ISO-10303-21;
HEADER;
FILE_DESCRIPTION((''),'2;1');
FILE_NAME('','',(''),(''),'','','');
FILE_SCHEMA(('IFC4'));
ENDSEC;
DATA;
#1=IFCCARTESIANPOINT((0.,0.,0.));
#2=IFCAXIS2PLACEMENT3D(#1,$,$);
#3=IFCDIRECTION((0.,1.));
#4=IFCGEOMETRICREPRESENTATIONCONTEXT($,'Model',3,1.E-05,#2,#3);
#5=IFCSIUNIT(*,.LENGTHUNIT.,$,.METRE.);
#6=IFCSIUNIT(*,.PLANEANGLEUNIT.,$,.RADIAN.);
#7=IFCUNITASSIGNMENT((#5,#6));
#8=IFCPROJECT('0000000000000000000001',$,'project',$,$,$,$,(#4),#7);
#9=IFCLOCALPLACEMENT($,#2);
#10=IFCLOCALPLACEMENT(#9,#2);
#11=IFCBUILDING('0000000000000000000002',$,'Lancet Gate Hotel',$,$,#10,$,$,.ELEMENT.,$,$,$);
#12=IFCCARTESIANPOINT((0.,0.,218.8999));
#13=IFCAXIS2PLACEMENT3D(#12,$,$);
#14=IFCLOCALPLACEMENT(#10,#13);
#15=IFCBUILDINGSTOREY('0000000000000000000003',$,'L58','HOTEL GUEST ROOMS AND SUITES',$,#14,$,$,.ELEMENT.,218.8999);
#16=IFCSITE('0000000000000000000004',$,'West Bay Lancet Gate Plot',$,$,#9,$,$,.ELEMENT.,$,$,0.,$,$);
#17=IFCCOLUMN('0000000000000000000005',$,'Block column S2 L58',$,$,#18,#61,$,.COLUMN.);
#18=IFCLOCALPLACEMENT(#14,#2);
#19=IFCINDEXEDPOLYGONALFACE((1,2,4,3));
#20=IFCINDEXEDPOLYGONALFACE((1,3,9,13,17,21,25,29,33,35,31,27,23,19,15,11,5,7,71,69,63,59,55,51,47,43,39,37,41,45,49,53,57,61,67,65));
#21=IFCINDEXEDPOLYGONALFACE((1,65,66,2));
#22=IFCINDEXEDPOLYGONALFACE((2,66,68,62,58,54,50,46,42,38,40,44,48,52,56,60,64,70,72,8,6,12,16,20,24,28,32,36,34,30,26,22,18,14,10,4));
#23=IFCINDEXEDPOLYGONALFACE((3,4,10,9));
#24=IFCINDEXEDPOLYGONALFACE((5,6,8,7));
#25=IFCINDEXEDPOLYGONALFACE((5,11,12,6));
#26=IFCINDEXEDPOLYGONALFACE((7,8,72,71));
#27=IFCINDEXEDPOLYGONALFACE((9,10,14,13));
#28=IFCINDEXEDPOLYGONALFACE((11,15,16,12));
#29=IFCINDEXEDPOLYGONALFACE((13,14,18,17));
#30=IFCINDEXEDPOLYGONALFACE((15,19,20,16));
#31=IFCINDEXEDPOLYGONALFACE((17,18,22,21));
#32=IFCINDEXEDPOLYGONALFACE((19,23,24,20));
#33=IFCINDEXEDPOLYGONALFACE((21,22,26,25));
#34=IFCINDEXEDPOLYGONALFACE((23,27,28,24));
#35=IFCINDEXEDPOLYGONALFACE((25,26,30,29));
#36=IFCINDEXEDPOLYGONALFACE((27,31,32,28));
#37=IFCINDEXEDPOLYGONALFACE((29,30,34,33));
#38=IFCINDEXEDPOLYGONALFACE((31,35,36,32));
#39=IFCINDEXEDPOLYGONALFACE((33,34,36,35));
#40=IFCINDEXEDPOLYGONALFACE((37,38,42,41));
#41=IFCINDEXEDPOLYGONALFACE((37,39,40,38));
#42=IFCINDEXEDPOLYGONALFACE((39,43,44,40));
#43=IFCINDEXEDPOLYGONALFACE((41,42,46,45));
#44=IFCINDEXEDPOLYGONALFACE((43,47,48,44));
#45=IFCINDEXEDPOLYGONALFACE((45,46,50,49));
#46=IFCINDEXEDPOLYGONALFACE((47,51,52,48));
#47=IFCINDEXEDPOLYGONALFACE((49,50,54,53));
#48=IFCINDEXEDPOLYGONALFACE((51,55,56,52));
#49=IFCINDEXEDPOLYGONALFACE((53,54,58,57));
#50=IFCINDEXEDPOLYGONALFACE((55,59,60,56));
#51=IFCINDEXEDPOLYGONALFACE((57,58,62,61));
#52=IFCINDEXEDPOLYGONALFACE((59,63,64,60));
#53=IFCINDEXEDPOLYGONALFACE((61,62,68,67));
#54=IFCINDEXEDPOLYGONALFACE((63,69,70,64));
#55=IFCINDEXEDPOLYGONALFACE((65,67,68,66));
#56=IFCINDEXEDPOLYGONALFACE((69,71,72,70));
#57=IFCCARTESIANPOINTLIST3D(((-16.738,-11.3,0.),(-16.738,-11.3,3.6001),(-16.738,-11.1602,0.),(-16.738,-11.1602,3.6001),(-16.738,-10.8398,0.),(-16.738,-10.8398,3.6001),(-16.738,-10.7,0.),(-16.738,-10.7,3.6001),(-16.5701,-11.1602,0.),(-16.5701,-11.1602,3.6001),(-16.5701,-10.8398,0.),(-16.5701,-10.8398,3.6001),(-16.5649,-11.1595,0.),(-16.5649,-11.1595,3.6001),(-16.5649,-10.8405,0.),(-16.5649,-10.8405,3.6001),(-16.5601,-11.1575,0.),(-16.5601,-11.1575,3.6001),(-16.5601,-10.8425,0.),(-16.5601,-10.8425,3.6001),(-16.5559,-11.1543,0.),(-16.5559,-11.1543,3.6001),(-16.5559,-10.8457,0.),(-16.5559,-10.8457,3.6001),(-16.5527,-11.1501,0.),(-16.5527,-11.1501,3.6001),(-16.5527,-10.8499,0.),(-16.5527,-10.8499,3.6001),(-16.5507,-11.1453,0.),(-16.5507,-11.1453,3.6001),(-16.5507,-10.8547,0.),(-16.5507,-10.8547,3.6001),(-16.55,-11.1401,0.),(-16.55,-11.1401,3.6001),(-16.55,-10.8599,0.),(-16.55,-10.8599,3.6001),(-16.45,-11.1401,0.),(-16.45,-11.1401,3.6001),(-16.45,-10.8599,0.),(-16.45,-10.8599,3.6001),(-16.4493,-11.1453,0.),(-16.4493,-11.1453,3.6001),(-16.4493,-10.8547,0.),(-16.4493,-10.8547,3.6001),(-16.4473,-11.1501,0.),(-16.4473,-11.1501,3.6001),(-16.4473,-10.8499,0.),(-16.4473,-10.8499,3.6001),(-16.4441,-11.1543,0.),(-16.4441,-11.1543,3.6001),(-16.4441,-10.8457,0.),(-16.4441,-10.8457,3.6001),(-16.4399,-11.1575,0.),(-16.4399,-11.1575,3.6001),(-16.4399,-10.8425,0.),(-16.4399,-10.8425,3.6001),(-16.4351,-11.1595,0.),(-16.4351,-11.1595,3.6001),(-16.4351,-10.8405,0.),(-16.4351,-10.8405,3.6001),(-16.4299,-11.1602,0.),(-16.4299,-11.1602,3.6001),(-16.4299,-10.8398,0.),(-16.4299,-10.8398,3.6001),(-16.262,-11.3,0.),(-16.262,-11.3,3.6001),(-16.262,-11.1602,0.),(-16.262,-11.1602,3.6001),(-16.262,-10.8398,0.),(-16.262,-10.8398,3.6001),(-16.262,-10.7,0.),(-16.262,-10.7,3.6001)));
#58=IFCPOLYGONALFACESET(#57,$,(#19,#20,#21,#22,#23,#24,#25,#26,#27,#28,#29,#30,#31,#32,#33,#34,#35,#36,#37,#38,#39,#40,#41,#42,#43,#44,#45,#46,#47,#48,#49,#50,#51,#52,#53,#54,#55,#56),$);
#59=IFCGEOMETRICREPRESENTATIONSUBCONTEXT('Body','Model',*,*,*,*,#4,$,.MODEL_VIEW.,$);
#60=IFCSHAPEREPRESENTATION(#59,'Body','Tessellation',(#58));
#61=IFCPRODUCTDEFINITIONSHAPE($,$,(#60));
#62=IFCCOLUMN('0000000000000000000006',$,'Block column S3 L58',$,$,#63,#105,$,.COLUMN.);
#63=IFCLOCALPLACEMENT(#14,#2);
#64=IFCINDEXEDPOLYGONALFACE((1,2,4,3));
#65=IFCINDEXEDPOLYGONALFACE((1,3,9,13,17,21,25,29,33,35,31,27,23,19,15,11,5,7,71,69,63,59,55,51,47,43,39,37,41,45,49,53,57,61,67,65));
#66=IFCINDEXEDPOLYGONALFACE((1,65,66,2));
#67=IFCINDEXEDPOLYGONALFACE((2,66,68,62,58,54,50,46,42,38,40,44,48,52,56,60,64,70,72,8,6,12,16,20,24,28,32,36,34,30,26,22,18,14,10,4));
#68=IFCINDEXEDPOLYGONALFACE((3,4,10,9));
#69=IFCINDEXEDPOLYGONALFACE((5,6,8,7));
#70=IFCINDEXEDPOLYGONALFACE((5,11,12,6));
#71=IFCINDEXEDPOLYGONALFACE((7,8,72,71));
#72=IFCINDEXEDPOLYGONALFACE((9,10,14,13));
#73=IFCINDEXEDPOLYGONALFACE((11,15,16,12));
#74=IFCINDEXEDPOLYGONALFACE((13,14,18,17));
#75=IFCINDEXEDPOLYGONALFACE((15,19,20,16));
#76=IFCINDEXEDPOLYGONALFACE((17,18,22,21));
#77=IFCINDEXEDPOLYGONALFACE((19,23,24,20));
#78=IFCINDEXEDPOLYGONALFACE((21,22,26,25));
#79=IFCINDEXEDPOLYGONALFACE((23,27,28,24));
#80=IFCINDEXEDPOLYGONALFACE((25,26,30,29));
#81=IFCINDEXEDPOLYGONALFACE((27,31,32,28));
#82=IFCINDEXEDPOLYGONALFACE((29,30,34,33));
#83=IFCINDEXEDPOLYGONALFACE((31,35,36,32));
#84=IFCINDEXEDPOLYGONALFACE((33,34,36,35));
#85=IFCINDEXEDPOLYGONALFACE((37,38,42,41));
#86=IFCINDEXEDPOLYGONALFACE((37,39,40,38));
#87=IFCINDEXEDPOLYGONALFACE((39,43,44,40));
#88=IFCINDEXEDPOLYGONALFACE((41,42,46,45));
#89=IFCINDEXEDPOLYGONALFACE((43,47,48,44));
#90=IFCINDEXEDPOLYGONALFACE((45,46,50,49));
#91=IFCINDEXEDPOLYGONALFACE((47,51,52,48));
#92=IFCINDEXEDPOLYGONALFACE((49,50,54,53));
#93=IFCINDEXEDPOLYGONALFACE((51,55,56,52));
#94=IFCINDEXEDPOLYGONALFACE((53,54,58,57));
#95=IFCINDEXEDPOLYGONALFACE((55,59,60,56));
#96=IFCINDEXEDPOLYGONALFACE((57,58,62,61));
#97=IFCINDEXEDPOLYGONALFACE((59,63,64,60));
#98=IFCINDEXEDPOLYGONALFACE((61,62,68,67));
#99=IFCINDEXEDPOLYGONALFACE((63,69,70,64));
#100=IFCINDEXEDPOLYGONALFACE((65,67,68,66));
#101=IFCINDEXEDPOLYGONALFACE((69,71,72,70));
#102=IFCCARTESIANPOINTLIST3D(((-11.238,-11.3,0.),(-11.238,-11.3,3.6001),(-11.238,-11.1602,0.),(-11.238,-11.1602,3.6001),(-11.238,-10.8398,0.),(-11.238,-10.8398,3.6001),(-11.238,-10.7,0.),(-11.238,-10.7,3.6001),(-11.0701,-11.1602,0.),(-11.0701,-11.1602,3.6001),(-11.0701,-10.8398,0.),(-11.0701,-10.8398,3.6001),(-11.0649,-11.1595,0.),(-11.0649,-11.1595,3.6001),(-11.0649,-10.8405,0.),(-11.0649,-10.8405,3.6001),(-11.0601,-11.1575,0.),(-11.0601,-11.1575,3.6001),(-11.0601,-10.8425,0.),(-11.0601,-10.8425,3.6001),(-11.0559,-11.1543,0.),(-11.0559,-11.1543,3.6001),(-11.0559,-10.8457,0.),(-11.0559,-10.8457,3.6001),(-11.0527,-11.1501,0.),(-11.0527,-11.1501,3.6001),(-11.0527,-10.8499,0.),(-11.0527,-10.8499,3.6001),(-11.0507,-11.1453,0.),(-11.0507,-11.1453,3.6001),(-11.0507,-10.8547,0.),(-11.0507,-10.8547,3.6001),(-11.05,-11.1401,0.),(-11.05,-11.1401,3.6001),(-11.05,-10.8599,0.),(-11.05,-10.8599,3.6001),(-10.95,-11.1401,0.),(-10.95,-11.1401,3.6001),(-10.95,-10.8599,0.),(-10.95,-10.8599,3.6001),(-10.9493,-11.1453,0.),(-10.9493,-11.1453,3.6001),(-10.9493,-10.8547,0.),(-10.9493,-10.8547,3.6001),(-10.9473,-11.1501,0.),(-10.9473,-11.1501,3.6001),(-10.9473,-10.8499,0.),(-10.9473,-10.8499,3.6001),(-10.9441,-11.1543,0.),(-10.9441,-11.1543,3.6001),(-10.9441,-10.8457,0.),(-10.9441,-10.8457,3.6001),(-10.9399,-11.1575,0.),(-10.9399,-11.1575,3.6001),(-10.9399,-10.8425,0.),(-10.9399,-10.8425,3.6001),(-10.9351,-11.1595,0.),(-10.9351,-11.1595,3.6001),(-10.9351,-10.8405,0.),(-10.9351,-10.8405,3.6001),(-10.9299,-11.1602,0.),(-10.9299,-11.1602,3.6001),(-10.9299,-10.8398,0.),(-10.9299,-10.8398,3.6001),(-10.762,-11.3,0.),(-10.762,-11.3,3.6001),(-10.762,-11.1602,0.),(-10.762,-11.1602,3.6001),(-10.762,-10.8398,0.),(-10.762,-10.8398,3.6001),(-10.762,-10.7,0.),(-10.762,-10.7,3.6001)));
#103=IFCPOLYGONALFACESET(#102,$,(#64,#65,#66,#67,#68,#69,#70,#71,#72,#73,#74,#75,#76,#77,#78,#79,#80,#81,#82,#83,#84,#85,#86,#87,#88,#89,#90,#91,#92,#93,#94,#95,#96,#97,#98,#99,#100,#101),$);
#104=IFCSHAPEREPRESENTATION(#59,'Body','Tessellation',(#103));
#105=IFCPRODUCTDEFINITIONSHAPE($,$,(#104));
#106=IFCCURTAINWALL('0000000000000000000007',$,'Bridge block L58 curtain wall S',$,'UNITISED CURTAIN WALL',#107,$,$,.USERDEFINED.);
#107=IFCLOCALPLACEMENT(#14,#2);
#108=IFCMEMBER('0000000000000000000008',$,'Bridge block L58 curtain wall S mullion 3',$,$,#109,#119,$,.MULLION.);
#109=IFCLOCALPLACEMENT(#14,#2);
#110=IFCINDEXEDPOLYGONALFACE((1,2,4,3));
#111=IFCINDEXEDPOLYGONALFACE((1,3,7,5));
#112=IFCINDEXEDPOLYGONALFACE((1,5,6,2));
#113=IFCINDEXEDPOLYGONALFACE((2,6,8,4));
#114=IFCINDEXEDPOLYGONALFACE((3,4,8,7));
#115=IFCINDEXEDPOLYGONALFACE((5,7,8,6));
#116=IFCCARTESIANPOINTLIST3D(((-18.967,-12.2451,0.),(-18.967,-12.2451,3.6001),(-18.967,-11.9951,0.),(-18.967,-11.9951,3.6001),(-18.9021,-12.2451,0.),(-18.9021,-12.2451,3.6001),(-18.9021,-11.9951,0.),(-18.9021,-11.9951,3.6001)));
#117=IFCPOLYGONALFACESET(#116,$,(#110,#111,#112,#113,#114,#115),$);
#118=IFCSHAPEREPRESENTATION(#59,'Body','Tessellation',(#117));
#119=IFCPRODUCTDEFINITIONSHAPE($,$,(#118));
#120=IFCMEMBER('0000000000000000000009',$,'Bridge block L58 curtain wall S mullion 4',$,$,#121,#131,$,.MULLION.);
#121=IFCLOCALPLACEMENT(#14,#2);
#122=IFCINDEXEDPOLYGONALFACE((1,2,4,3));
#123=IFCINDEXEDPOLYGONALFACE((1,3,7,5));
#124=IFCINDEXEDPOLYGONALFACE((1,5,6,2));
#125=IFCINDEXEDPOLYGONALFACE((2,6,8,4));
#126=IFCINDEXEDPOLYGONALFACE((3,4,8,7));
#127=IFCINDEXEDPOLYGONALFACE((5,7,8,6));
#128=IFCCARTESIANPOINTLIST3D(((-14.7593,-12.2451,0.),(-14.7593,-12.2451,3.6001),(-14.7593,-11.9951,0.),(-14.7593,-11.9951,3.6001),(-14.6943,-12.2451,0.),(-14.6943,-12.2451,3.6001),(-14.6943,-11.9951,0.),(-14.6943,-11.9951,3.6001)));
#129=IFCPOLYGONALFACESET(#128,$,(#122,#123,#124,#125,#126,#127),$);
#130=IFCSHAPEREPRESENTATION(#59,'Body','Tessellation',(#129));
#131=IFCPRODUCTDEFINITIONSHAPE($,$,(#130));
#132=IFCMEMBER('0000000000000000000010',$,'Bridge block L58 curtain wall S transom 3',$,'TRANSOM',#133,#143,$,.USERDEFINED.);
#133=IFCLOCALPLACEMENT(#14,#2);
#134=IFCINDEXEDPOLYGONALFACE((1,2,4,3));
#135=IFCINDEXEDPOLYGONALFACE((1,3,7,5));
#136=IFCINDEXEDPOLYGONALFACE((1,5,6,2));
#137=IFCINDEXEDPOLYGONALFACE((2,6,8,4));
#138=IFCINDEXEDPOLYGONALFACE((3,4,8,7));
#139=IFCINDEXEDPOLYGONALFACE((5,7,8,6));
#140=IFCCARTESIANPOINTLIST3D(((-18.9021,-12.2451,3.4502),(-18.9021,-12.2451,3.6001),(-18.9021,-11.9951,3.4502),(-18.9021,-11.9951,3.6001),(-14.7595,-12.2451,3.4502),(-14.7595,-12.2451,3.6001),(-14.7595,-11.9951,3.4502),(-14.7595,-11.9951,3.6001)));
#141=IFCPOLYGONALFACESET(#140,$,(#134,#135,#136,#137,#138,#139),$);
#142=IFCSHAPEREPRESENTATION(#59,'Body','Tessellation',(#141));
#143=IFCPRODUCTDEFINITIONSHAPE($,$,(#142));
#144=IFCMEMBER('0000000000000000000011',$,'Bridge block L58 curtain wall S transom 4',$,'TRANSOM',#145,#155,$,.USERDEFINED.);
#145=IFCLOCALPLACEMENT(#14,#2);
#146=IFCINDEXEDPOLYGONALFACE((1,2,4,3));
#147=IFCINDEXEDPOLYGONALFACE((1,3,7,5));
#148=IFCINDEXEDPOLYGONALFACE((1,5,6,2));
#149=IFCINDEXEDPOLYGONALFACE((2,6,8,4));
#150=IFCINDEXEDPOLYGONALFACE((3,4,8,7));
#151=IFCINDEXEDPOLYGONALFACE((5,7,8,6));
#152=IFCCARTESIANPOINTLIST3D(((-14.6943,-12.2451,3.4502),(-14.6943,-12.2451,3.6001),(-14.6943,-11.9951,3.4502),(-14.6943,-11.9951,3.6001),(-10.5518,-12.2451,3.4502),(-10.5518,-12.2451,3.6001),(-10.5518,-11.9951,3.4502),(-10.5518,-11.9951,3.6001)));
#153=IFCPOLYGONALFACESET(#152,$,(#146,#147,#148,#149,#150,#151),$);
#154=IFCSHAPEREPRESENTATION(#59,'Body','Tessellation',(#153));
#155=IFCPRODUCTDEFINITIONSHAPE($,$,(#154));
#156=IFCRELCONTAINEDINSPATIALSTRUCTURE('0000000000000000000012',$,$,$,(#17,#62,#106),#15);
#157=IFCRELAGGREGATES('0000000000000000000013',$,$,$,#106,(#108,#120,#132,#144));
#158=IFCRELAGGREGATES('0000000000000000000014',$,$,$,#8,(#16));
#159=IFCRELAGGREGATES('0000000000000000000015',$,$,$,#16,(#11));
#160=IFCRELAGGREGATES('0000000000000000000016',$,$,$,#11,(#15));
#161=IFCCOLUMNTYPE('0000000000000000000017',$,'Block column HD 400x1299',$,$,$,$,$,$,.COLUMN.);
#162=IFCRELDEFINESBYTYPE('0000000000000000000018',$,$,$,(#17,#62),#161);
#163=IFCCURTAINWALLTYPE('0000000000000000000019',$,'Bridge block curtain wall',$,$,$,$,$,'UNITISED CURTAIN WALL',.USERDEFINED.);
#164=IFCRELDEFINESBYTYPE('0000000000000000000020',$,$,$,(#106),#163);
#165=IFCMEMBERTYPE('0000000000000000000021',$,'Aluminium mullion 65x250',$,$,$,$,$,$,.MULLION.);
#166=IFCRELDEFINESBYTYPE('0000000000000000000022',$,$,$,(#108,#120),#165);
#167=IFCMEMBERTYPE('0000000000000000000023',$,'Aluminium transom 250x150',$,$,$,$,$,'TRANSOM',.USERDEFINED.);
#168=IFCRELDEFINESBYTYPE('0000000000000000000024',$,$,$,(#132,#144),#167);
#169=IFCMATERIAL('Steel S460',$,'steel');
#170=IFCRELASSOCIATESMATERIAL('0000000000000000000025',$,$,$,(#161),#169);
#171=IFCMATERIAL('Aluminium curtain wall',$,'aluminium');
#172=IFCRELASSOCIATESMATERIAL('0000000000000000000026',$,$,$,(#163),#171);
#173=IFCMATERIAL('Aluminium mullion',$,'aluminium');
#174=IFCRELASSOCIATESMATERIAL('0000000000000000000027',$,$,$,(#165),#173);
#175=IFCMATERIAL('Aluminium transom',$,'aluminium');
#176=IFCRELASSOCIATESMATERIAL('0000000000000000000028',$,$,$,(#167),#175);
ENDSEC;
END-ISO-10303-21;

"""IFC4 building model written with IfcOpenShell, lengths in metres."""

from ifc_helpers import new_model, si_unit, direction, frame, origin, origin_2d, place, context, subcontext, project, spatial, rectangle, i_section, extrude, material, material_profile, profile_set, type_object, element, aggregate, save


model = new_model("IFC4")

# Units and contexts
model_context = context("Model", 3, precision=1e-05, world=origin(), true_north=direction((0.0, 1.0)))
body_context = subcontext(model_context, "Body", "Model", "MODEL_VIEW")
ifc_project = project(units=[si_unit("LENGTHUNIT", "METRE"), si_unit("PLANEANGLEUNIT", "RADIAN")], contexts=[model_context])

# Site, building, storey
site_placement = place(None, origin())
site = spatial("IfcSite", under=ifc_project, at=site_placement, Name="West Bay Lancet Gate Plot", CompositionType="ELEMENT", RefElevation=0.0)
building_placement = place(site_placement, origin())
building = spatial("IfcBuilding", under=site, at=building_placement, Name="Lancet Gate Hotel", CompositionType="ELEMENT")
storey_placement = place(building_placement, frame((0.0, 0.0, 218.8999)))
storey = spatial("IfcBuildingStorey", under=building, at=storey_placement, Name="L58", Description="HOTEL GUEST ROOMS AND SUITES", CompositionType="ELEMENT", Elevation=218.8999)

# Columns
ifc_material_1 = material(Name="Steel S460", Category="steel")
ifc_material_profile_1 = material_profile(ifc_material_1, i_section(OverallWidth=0.4761, OverallDepth=0.6001, WebThickness=0.1001, FlangeThickness=0.1399, FilletRadius=0.02, at=origin_2d()), Name="HD 400x1299")
ifc_profile_set_1 = profile_set([ifc_material_profile_1], Name="Steel S460")
column_type = type_object("IfcColumnType", Name="Block column HD 400x1299", PredefinedType="COLUMN", material=ifc_profile_set_1)
for number, where, z_axis, x_axis, name in (
    (1, (-16.5, -11.0, 0.0), (0.0, 0.0, 1.0), (1.0, 0.0, 0.0), "Block column S2 L58"),
    (2, (-11.0, -11.0, 0.0), (0.0, 0.0, 1.0), (1.0, 0.0, 0.0), "Block column S3 L58"),
):
    element("IfcColumn", number, at=place(storey_placement, frame(where, z_axis=z_axis, x_axis=x_axis)), inside=storey, type_object=column_type, Name=name, PredefinedType="COLUMN", context=body_context, shape_type="SweptSolid", body=[
        extrude(i_section(OverallWidth=0.4761, OverallDepth=0.6001, WebThickness=0.1001, FlangeThickness=0.1399, FilletRadius=0.02, at=origin_2d()), origin(), (0.0, 0.0, 1.0), 3.6001),
    ])

# Curtain wall, members
ifc_material_2 = material(Name="Aluminium curtain wall", Category="aluminium")
curtain_wall_type = type_object("IfcCurtainWallType", Name="Bridge block curtain wall", ElementType="UNITISED CURTAIN WALL", PredefinedType="USERDEFINED", material=ifc_material_2)
curtain_wall_placement = place(storey_placement, origin())
curtain_wall = element("IfcCurtainWall", 3, at=curtain_wall_placement, inside=storey, type_object=curtain_wall_type, Name="Bridge block L58 curtain wall S", ObjectType="UNITISED CURTAIN WALL", PredefinedType="USERDEFINED")
ifc_material_3 = material(Name="Aluminium mullion", Category="aluminium")
ifc_material_profile_2 = material_profile(ifc_material_3, rectangle(XDim=0.0649, YDim=0.25, at=origin_2d()), Name="MULLION 65x250")
ifc_profile_set_2 = profile_set([ifc_material_profile_2], Name="Aluminium mullion")
member_type_1 = type_object("IfcMemberType", Name="Aluminium mullion 65x250", PredefinedType="MULLION", material=ifc_profile_set_2)
member_1_placement = place(storey_placement, frame((-18.9346, -12.1201, 0.0), z_axis=(0.0, 0.0, 1.0), x_axis=(1.0, 0.0, 0.0)))
member_1 = element("IfcMember", 4, at=member_1_placement, type_object=member_type_1, Name="Bridge block L58 curtain wall S mullion 3", PredefinedType="MULLION", context=body_context, shape_type="SweptSolid", body=[
    extrude(rectangle(XDim=0.0649, YDim=0.25, at=origin_2d()), origin(), (0.0, 0.0, 1.0), 3.6001),
])
member_2_placement = place(storey_placement, frame((-14.7268, -12.1201, 0.0), z_axis=(0.0, 0.0, 1.0), x_axis=(1.0, 0.0, 0.0)))
member_2 = element("IfcMember", 5, at=member_2_placement, type_object=member_type_1, Name="Bridge block L58 curtain wall S mullion 4", PredefinedType="MULLION", context=body_context, shape_type="SweptSolid", body=[
    extrude(rectangle(XDim=0.0649, YDim=0.25, at=origin_2d()), origin(), (0.0, 0.0, 1.0), 3.6001),
])
ifc_material_4 = material(Name="Aluminium transom", Category="aluminium")
ifc_material_profile_3 = material_profile(ifc_material_4, rectangle(XDim=0.25, YDim=0.1499, at=origin_2d()), Name="TRANSOM 250x150")
ifc_profile_set_3 = profile_set([ifc_material_profile_3], Name="Aluminium transom")
member_type_2 = type_object("IfcMemberType", Name="Aluminium transom 250x150", ElementType="TRANSOM", PredefinedType="USERDEFINED", material=ifc_profile_set_3)
member_3_placement = place(storey_placement, frame((-18.9021, -12.1201, 3.5251), z_axis=(1.0, 0.0, 0.0), x_axis=(0.0, 1.0, 0.0)))
member_3 = element("IfcMember", 6, at=member_3_placement, type_object=member_type_2, Name="Bridge block L58 curtain wall S transom 3", ObjectType="TRANSOM", PredefinedType="USERDEFINED", context=body_context, shape_type="SweptSolid", body=[
    extrude(rectangle(XDim=0.25, YDim=0.1499, at=origin_2d()), origin(), (0.0, 0.0, 1.0), 4.1426),
])
member_4_placement = place(storey_placement, frame((-14.6943, -12.1201, 3.5251), z_axis=(1.0, 0.0, 0.0), x_axis=(0.0, 1.0, 0.0)))
member_4 = element("IfcMember", 7, at=member_4_placement, type_object=member_type_2, Name="Bridge block L58 curtain wall S transom 4", ObjectType="TRANSOM", PredefinedType="USERDEFINED", context=body_context, shape_type="SweptSolid", body=[
    extrude(rectangle(XDim=0.25, YDim=0.1499, at=origin_2d()), origin(), (0.0, 0.0, 1.0), 4.1426),
])

aggregate(curtain_wall, [member_1, member_2, member_3, member_4])

save(model, "model.ifc")
